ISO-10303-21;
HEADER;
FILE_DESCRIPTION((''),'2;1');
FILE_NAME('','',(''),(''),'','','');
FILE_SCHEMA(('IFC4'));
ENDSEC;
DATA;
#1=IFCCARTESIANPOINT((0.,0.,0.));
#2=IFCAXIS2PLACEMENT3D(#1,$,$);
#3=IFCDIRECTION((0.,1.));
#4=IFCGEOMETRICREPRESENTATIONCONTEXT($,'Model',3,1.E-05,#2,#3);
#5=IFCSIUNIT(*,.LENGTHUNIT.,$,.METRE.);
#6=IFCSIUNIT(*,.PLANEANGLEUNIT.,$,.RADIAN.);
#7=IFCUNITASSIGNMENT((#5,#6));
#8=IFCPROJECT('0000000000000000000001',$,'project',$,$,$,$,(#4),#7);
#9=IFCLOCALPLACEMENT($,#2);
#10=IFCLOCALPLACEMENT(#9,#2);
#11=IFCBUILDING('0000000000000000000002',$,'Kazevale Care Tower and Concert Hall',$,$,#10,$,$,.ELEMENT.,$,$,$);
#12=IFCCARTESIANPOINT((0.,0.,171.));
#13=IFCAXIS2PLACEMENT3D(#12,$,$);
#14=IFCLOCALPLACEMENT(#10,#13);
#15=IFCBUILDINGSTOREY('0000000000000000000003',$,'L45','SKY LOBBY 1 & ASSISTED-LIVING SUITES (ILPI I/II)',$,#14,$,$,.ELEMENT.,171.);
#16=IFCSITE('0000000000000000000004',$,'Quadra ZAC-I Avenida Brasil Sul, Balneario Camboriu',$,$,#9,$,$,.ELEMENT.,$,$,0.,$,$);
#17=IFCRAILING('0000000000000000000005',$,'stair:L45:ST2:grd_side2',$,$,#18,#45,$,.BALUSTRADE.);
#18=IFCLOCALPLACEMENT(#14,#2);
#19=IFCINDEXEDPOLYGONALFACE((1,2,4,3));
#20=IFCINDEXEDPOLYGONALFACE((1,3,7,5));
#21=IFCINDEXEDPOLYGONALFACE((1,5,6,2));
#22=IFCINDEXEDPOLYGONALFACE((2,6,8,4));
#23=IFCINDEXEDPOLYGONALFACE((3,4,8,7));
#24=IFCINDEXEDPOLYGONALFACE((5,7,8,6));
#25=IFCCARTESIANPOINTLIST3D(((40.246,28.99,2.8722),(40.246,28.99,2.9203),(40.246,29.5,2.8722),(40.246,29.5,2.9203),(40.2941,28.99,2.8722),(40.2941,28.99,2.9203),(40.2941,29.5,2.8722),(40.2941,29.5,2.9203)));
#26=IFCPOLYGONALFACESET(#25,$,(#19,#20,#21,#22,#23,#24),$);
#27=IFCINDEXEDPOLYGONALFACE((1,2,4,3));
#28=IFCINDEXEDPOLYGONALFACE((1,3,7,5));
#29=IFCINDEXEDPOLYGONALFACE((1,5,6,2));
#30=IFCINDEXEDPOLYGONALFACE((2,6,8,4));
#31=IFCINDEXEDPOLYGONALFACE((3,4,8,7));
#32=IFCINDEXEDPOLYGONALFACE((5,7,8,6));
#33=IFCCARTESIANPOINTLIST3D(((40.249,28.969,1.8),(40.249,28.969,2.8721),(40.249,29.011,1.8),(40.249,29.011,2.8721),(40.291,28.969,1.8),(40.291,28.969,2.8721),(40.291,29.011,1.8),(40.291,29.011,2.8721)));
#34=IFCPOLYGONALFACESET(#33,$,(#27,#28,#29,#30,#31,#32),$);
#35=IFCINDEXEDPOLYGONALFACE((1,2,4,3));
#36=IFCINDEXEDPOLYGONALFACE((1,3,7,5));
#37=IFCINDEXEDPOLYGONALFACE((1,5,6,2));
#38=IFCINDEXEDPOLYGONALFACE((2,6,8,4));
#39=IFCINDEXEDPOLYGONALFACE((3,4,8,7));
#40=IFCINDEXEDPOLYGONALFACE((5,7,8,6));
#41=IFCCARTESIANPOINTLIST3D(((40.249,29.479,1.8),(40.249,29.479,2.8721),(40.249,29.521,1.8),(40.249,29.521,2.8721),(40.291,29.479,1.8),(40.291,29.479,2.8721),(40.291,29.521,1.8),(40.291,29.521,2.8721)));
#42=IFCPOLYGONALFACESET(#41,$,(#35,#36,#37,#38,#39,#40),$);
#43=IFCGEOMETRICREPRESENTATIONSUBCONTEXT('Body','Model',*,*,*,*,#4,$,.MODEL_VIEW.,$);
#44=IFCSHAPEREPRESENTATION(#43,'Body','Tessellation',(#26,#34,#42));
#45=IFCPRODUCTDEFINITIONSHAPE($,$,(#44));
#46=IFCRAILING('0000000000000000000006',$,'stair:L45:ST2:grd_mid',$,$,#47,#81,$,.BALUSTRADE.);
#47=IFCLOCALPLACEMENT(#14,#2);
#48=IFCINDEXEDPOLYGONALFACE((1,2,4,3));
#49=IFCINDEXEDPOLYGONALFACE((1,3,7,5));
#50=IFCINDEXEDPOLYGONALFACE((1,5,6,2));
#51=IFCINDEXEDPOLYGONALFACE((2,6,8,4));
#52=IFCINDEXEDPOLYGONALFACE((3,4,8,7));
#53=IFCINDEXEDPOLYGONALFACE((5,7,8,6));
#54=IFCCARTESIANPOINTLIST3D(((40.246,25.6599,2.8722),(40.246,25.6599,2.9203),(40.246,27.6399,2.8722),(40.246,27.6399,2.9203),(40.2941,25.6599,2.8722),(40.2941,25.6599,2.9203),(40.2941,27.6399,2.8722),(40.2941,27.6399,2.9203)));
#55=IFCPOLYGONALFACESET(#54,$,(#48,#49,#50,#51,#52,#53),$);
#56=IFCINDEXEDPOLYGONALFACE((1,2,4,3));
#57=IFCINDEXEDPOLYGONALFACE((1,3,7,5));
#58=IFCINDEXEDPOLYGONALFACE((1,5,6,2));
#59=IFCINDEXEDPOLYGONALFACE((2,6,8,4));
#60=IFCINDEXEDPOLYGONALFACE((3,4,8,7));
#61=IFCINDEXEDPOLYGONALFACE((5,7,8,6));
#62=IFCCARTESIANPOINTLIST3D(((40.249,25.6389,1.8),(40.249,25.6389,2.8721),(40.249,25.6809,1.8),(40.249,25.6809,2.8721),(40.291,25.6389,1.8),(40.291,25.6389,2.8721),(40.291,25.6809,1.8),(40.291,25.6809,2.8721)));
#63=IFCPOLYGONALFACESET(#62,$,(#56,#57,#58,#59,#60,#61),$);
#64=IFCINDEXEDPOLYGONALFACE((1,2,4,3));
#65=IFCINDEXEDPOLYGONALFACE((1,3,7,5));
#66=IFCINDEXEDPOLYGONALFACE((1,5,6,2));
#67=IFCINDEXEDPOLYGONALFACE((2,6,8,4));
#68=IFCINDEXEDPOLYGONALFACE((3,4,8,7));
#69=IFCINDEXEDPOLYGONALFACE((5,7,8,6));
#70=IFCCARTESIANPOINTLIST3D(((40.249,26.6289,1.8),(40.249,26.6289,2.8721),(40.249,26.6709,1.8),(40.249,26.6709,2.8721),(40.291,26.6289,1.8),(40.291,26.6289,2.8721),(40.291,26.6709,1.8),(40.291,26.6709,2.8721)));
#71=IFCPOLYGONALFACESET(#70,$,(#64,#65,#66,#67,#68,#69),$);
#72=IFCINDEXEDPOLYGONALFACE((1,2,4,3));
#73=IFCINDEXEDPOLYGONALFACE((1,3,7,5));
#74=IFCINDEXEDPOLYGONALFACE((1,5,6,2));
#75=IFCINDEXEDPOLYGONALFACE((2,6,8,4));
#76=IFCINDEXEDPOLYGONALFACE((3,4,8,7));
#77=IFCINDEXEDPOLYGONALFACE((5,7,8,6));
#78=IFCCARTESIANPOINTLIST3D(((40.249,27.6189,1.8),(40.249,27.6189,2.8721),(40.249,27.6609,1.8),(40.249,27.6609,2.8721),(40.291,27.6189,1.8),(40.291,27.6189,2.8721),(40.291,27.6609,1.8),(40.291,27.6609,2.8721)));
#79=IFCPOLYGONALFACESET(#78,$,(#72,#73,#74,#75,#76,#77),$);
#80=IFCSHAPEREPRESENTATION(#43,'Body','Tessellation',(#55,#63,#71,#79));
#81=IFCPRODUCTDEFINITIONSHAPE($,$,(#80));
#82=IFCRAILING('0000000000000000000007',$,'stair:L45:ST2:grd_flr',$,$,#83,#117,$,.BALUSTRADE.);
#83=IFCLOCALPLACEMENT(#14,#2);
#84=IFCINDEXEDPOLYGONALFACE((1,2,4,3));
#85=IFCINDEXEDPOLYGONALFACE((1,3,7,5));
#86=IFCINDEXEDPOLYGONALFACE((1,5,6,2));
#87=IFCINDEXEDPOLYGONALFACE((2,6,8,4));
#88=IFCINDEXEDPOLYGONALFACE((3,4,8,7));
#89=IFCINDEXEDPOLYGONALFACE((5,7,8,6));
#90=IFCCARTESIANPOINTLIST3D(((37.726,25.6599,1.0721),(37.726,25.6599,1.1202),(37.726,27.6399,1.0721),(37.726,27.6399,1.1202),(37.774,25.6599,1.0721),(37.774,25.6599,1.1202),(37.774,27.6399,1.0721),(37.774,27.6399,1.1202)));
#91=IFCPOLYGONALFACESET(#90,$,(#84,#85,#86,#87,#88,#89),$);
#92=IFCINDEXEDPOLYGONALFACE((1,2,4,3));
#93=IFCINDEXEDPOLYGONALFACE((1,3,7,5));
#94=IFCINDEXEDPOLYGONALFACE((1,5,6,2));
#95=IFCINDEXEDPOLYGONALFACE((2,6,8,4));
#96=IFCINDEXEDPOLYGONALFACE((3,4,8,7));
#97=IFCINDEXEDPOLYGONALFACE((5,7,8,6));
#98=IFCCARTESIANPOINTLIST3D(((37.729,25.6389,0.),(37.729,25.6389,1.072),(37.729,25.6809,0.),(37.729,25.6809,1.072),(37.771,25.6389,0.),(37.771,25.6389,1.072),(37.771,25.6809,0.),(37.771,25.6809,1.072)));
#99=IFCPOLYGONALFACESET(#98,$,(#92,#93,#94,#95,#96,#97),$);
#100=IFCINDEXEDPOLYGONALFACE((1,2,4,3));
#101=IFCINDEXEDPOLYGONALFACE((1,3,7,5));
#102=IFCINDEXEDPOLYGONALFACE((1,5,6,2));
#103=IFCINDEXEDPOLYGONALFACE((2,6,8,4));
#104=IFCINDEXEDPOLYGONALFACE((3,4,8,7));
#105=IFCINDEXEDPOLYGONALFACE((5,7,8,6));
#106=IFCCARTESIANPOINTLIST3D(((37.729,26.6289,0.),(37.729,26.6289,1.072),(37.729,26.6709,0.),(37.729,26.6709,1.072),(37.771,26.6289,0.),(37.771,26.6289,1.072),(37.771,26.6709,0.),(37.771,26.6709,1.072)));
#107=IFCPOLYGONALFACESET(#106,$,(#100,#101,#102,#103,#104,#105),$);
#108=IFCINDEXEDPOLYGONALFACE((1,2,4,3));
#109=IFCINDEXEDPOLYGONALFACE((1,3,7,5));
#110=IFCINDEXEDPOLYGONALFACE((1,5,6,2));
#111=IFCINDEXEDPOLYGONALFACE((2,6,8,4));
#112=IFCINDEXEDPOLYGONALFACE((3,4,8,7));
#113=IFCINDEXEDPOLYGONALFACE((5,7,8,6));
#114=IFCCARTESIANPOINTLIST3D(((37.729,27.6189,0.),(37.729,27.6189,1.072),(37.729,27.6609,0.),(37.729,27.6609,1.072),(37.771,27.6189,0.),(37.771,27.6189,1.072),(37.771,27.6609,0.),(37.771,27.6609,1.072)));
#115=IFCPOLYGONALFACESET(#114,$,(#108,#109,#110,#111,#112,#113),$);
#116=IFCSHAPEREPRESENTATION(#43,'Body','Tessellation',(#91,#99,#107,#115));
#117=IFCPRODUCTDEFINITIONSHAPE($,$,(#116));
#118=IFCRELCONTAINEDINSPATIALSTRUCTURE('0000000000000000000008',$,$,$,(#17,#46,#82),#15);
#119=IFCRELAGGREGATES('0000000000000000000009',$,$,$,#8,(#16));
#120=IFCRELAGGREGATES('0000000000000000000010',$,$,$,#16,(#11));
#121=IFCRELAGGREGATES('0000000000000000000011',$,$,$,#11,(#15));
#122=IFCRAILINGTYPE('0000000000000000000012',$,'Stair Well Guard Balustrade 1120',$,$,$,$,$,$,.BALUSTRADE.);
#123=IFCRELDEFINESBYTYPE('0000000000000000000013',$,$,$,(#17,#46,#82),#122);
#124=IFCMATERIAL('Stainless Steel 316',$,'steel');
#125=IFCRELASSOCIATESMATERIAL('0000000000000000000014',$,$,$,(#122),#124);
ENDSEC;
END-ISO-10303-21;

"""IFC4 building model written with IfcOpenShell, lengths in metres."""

from ifc_helpers import new_model, si_unit, direction, frame, origin, origin_2d, place, context, subcontext, project, spatial, rectangle, extrude, material, type_object, element, save


model = new_model("IFC4")

# Units and contexts
model_context = context("Model", 3, precision=1e-05, world=origin(), true_north=direction((0.0, 1.0)))
body_context = subcontext(model_context, "Body", "Model", "MODEL_VIEW")
ifc_project = project(units=[si_unit("LENGTHUNIT", "METRE"), si_unit("PLANEANGLEUNIT", "RADIAN")], contexts=[model_context])

# Site, building, storey
site_placement = place(None, origin())
site = spatial("IfcSite", under=ifc_project, at=site_placement, Name="Quadra ZAC-I Avenida Brasil Sul, Balneario Camboriu", CompositionType="ELEMENT", RefElevation=0.0)
building_placement = place(site_placement, origin())
building = spatial("IfcBuilding", under=site, at=building_placement, Name="Kazevale Care Tower and Concert Hall", CompositionType="ELEMENT")
storey_placement = place(building_placement, frame((0.0, 0.0, 171.0)))
storey = spatial("IfcBuildingStorey", under=building, at=storey_placement, Name="L45", Description="SKY LOBBY 1 & ASSISTED-LIVING SUITES (ILPI I/II)", CompositionType="ELEMENT", Elevation=171.0)

# Railings
ifc_material_1 = material(Name="Stainless Steel 316", Category="steel")
railing_type_1 = type_object("IfcRailingType", Name="Stair Well Guard Balustrade 1120", PredefinedType="BALUSTRADE", material=ifc_material_1)
railing_1_placement = place(storey_placement, frame((40.27, 28.99, 1.8)))
element("IfcRailing", 1, at=railing_1_placement, inside=storey, type_object=railing_type_1, Name="stair:L45:ST2:grd_side2", PredefinedType="BALUSTRADE", context=body_context, shape_type="SweptSolid", body=[
    extrude(rectangle(XDim=0.0481, YDim=0.0481, at=origin_2d()), frame((0.0, 0.0, 1.0962), z_axis=(0.0, 1.0, 0.0), x_axis=(-1.0, 0.0, 0.0)), (0.0, 0.0, 1.0), 0.51),
    extrude(rectangle(XDim=0.042, YDim=0.042, at=origin_2d()), origin(), (0.0, 0.0, 1.0), 1.072),
    extrude(rectangle(XDim=0.042, YDim=0.042, at=origin_2d()), frame((0.0, 0.51, 0.0)), (0.0, 0.0, 1.0), 1.072),
])
for number, where, name in (
    (2, (40.27, 25.6599, 1.8), "stair:L45:ST2:grd_mid"),
    (3, (37.75, 25.6599, 0.0), "stair:L45:ST2:grd_flr"),
):
    element("IfcRailing", number, at=place(storey_placement, frame(where)), inside=storey, type_object=railing_type_1, Name=name, PredefinedType="BALUSTRADE", context=body_context, shape_type="SweptSolid", body=[
        extrude(rectangle(XDim=0.0481, YDim=0.0481, at=origin_2d()), frame((0.0, 0.0, 1.0962), z_axis=(0.0, 1.0, 0.0), x_axis=(-1.0, 0.0, 0.0)), (0.0, 0.0, 1.0), 1.98),
        extrude(rectangle(XDim=0.042, YDim=0.042, at=origin_2d()), origin(), (0.0, 0.0, 1.0), 1.072),
        extrude(rectangle(XDim=0.042, YDim=0.042, at=origin_2d()), frame((0.0, 0.99, 0.0)), (0.0, 0.0, 1.0), 1.072),
        extrude(rectangle(XDim=0.042, YDim=0.042, at=origin_2d()), frame((0.0, 1.98, 0.0)), (0.0, 0.0, 1.0), 1.072),
    ])

save(model, "model.ifc")
